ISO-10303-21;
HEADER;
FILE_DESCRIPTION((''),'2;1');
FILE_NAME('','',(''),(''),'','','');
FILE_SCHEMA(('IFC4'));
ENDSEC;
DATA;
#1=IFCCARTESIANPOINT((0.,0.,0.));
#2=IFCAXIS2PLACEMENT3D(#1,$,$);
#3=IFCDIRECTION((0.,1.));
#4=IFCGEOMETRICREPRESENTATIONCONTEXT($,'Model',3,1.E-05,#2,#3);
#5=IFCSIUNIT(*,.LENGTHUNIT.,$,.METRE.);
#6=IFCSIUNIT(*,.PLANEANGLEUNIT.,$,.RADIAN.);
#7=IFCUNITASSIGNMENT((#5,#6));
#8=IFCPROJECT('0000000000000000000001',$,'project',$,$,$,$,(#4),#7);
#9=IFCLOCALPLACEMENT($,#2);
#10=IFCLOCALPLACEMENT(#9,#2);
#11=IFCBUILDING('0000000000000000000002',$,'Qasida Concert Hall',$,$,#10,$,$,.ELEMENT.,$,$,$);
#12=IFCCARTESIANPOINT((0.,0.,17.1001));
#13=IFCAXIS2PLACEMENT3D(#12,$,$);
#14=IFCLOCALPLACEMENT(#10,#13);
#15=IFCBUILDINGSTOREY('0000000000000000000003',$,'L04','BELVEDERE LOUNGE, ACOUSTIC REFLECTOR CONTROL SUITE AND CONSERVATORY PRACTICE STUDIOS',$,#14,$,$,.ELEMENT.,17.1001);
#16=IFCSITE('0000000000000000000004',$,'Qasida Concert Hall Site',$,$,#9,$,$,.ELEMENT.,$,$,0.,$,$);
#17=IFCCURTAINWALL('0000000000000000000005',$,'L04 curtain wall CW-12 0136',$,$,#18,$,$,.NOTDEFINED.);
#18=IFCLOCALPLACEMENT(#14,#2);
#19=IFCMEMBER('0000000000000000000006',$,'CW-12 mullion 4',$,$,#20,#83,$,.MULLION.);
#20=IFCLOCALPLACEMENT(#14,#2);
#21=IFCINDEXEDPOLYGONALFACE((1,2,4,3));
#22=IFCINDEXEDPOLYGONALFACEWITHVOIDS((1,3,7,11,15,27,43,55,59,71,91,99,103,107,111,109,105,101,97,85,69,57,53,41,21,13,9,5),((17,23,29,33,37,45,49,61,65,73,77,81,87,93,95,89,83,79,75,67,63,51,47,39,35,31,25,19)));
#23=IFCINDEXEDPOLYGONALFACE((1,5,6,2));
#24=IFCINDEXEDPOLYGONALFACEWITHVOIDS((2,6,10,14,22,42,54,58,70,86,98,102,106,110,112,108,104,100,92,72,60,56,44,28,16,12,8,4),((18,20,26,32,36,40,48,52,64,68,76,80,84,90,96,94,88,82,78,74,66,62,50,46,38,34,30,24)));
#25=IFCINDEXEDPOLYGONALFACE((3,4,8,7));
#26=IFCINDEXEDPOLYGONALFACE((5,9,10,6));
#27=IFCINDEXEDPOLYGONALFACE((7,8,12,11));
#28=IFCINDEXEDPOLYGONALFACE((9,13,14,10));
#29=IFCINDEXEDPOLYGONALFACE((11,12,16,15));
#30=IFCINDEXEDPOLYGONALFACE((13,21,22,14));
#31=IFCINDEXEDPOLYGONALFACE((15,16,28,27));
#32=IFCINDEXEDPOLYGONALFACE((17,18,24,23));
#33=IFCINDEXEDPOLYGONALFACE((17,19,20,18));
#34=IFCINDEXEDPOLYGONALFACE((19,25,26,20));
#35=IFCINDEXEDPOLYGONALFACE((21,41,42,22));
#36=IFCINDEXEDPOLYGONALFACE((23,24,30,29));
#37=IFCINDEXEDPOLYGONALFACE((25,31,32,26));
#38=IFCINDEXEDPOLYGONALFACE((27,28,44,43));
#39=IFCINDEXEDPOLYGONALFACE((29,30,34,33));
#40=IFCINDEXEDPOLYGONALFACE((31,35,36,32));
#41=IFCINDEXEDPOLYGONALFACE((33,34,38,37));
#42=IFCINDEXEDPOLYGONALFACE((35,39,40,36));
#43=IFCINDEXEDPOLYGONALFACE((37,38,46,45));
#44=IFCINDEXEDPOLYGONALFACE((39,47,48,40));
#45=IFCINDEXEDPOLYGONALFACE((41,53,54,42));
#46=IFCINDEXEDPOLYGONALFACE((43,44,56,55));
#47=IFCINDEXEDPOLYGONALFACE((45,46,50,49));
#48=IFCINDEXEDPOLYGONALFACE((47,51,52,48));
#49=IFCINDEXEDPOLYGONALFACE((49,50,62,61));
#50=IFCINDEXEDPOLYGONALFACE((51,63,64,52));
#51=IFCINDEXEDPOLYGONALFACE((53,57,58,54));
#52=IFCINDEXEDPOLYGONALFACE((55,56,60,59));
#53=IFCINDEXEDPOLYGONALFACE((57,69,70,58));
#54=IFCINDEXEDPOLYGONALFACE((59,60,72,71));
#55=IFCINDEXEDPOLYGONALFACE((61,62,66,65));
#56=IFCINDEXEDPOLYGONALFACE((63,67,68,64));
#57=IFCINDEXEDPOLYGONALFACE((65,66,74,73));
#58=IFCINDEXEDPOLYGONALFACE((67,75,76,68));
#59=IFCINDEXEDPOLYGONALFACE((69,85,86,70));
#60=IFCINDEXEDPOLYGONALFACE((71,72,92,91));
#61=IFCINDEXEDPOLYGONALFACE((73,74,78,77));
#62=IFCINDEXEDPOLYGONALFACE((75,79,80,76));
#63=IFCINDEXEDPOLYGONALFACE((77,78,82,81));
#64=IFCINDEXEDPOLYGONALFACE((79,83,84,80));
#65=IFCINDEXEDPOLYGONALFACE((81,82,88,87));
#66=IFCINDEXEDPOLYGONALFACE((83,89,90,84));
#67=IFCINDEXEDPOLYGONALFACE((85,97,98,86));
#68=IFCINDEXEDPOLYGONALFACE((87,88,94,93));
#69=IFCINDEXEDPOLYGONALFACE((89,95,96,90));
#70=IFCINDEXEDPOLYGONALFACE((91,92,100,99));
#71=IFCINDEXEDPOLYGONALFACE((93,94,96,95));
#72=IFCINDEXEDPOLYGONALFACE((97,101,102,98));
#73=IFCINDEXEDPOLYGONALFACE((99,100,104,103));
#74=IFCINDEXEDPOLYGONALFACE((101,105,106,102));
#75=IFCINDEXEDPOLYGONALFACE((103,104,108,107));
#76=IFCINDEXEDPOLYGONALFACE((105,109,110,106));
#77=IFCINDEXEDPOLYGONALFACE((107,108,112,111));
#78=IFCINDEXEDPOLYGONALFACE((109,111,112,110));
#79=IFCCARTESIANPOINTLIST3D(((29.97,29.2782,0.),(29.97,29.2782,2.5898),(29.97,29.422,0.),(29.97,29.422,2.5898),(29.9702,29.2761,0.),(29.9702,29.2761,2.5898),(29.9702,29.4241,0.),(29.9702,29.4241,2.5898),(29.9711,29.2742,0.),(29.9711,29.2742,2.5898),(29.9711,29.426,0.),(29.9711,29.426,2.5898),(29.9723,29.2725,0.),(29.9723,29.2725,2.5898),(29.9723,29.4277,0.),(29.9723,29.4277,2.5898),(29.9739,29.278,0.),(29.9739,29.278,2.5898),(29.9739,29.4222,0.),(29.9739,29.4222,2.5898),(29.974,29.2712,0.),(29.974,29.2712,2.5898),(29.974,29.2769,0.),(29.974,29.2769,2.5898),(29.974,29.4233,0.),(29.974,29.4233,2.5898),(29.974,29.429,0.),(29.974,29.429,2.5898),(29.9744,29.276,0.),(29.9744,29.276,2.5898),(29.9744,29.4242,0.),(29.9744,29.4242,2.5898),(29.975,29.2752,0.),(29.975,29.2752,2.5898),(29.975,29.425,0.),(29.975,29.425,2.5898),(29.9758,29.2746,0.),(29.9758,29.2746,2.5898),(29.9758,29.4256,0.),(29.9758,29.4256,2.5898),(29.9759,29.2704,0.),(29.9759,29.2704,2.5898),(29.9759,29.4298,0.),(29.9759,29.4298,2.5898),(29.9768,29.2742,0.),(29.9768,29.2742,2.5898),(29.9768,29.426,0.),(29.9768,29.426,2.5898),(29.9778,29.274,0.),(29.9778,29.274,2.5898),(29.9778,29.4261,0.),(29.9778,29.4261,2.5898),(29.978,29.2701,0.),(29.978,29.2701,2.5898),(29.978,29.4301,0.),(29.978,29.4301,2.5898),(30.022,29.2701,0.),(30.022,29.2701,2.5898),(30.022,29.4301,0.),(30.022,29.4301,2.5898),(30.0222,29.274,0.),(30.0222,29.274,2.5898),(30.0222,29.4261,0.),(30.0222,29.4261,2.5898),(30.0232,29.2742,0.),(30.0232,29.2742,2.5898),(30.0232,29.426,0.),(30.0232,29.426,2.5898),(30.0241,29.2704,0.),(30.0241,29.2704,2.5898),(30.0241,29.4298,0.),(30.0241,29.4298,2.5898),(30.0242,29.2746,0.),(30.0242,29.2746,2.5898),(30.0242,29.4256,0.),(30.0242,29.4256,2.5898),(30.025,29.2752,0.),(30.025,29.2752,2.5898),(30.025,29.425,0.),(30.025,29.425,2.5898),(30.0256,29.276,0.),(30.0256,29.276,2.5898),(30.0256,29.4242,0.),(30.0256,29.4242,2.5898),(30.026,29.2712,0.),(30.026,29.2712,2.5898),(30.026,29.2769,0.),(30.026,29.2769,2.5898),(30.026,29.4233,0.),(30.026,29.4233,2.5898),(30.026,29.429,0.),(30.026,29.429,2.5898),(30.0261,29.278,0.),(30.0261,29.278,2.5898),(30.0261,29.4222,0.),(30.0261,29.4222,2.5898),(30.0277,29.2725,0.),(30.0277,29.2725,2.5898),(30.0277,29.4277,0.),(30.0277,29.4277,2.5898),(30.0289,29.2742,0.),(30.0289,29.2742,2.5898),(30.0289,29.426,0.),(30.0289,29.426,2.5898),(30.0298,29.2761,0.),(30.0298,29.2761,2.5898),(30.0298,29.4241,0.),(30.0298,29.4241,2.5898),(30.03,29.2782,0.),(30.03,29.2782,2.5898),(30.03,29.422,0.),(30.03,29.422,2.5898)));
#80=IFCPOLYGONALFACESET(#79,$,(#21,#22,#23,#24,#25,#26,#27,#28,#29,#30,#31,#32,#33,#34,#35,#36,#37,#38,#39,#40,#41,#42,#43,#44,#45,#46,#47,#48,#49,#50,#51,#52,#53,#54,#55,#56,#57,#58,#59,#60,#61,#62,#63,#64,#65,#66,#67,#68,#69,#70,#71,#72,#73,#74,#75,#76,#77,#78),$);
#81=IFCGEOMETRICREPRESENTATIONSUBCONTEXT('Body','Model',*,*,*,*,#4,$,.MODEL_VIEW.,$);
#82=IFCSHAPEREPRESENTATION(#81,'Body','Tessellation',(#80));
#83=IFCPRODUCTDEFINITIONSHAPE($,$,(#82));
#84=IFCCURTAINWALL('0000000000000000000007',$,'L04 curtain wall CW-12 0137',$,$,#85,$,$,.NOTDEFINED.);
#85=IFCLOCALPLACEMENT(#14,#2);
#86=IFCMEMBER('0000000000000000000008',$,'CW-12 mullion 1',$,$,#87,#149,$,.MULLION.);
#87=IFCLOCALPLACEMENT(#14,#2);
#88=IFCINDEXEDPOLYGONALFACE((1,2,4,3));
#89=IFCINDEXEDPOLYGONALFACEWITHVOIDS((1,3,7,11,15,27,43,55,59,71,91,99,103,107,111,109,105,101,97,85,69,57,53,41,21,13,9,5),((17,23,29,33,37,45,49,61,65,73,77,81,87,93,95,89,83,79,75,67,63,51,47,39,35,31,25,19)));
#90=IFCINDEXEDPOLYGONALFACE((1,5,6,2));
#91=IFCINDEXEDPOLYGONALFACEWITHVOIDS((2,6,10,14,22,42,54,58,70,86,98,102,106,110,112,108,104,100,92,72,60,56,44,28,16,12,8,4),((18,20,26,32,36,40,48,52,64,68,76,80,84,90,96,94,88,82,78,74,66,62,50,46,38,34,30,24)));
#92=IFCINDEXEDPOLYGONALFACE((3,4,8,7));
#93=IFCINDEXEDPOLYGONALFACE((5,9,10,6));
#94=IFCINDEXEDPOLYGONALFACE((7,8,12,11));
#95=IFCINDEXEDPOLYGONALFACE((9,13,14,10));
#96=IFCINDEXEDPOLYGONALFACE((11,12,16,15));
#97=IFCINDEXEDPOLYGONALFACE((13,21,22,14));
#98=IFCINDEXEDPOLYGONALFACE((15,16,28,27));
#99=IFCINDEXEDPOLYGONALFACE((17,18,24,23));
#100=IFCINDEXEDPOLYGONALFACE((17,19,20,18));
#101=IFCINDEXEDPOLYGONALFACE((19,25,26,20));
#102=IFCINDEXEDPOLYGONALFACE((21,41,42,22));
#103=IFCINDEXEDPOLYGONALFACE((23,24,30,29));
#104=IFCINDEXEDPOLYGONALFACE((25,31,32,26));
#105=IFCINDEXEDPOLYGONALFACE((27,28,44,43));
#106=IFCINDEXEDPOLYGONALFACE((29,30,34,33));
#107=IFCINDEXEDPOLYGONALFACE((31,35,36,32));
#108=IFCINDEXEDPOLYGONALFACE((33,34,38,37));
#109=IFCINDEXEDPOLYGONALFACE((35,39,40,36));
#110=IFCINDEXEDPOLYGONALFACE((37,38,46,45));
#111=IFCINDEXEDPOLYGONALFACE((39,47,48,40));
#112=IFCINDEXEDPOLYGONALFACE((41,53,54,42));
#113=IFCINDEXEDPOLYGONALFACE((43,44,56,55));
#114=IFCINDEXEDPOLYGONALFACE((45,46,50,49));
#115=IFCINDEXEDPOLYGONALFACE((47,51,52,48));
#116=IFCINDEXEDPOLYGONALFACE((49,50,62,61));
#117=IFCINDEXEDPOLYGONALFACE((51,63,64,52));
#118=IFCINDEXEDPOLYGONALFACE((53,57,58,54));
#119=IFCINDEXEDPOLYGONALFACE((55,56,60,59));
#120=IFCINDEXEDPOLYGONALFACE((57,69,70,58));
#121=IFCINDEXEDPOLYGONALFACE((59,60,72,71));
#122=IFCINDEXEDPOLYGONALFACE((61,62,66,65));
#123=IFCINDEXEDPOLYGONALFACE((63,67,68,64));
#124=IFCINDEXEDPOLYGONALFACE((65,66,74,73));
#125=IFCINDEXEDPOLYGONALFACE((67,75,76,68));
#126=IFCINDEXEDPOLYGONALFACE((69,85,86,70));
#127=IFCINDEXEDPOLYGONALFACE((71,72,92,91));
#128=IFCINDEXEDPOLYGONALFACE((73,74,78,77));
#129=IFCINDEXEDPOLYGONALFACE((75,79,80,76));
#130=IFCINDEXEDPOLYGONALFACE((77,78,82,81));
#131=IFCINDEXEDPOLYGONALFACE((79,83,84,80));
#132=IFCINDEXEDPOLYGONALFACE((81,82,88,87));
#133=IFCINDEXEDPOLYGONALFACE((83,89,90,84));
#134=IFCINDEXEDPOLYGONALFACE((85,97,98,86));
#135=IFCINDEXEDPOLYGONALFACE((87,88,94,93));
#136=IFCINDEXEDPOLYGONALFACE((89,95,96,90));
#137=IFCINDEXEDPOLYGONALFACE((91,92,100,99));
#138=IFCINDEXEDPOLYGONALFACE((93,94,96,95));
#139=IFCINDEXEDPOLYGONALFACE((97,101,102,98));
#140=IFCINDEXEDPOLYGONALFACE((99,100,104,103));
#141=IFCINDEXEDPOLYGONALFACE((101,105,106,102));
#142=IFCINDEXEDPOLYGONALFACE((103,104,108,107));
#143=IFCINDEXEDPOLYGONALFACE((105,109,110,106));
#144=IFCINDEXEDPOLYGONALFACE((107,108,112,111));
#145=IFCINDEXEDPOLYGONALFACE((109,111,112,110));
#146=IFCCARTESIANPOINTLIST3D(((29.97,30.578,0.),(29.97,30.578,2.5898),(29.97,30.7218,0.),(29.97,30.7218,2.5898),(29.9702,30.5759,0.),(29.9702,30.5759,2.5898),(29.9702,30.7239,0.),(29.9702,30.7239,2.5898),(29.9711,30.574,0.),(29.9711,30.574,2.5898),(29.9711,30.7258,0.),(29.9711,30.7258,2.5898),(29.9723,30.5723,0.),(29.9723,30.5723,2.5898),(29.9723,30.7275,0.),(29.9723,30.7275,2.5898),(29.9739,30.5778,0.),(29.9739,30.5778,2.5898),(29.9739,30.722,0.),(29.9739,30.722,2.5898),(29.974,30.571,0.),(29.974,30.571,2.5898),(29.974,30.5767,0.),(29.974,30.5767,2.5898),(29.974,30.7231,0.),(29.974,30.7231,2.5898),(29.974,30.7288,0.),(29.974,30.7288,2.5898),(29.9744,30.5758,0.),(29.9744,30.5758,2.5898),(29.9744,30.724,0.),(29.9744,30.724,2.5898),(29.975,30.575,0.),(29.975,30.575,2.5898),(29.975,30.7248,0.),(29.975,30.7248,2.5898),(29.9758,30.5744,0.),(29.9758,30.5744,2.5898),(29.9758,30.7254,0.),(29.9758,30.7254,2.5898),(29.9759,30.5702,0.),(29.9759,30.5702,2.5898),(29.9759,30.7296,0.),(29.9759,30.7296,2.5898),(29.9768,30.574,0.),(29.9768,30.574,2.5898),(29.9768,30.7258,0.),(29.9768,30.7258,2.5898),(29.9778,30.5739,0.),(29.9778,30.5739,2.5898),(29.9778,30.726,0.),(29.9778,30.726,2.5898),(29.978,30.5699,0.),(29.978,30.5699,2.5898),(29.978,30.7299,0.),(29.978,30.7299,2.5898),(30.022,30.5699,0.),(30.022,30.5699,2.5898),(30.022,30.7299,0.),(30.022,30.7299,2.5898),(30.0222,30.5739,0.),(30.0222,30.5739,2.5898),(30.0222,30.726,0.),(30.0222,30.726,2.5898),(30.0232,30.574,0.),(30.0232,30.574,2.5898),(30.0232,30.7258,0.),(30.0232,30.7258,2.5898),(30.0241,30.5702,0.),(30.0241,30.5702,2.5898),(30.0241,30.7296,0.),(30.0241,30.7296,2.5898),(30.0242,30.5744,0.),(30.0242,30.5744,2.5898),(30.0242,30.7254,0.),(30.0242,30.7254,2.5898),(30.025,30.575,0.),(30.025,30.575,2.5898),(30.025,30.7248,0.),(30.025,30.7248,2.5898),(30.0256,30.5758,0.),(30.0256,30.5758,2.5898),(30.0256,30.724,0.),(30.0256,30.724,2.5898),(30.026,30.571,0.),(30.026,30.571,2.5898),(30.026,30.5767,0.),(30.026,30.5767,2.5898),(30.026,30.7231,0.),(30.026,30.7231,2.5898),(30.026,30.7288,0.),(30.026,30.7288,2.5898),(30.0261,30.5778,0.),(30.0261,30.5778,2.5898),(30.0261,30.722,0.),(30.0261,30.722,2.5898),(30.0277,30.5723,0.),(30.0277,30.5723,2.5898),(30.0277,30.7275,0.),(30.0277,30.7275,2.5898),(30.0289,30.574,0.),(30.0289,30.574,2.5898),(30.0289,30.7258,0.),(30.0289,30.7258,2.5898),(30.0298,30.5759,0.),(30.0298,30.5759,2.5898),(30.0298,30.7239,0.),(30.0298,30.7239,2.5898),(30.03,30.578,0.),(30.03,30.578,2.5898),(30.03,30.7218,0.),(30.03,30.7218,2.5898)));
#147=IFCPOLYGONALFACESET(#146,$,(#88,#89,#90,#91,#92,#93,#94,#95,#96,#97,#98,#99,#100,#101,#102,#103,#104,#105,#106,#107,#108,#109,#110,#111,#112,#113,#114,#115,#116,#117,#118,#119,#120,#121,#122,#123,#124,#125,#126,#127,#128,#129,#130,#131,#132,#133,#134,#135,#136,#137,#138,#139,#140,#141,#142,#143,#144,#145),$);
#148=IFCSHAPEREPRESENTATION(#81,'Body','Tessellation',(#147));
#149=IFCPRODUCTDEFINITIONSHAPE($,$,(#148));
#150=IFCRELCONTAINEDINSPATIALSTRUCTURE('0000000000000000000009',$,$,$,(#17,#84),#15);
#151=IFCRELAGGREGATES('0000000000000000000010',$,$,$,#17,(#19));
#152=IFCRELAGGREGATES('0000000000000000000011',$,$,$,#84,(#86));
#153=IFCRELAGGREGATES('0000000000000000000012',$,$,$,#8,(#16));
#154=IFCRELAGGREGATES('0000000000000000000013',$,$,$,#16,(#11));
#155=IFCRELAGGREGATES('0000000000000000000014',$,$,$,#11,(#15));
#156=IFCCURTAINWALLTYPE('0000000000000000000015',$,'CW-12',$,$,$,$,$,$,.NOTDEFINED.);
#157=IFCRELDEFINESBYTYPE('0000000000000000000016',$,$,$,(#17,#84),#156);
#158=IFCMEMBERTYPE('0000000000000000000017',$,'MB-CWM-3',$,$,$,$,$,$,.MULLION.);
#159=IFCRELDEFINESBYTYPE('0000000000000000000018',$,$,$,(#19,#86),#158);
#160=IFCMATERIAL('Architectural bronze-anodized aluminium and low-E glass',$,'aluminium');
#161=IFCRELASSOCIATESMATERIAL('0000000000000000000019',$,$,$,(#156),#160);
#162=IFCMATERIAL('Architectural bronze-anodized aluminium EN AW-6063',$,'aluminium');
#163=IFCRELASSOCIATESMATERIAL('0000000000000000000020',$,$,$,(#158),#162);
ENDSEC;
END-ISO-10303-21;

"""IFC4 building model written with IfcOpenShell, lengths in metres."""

from ifc_helpers import new_model, si_unit, direction, frame, origin, origin_2d, place, context, subcontext, project, spatial, hollow_rectangle, extrude, material, material_profile, profile_set, type_object, element, aggregate, save


model = new_model("IFC4")

# Units and contexts
model_context = context("Model", 3, precision=1e-05, world=origin(), true_north=direction((0.0, 1.0)))
body_context = subcontext(model_context, "Body", "Model", "MODEL_VIEW")
ifc_project = project(units=[si_unit("LENGTHUNIT", "METRE"), si_unit("PLANEANGLEUNIT", "RADIAN")], contexts=[model_context])

# Site, building, storey
site_placement = place(None, origin())
site = spatial("IfcSite", under=ifc_project, at=site_placement, Name="Qasida Concert Hall Site", CompositionType="ELEMENT", RefElevation=0.0)
building_placement = place(site_placement, origin())
building = spatial("IfcBuilding", under=site, at=building_placement, Name="Qasida Concert Hall", CompositionType="ELEMENT")
storey_placement = place(building_placement, frame((0.0, 0.0, 17.1001)))
storey = spatial("IfcBuildingStorey", under=building, at=storey_placement, Name="L04", Description="BELVEDERE LOUNGE, ACOUSTIC REFLECTOR CONTROL SUITE AND CONSERVATORY PRACTICE STUDIOS", CompositionType="ELEMENT", Elevation=17.1001)

# Curtain walls, members
ifc_material_1 = material(Name="Architectural bronze-anodized aluminium and low-E glass", Category="aluminium")
curtain_wall_type = type_object("IfcCurtainWallType", Name="CW-12", PredefinedType="NOTDEFINED", material=ifc_material_1)
curtain_wall_1_placement = place(storey_placement, origin())
curtain_wall_1 = element("IfcCurtainWall", 1, at=curtain_wall_1_placement, inside=storey, type_object=curtain_wall_type, Name="L04 curtain wall CW-12 0136", PredefinedType="NOTDEFINED")
ifc_material_2 = material(Name="Architectural bronze-anodized aluminium EN AW-6063", Category="aluminium")
ifc_material_profile_1 = material_profile(ifc_material_2, hollow_rectangle(XDim=0.0601, YDim=0.1599, WallThickness=0.0039, InnerFilletRadius=0.0039, OuterFilletRadius=0.0081, at=origin_2d()), Name="CWM 160x60x4")
ifc_profile_set_1 = profile_set([ifc_material_profile_1], Name="Architectural bronze-anodized aluminium EN AW-6063")
member_type_1 = type_object("IfcMemberType", Name="MB-CWM-3", PredefinedType="MULLION", material=ifc_profile_set_1)
member_1_placement = place(storey_placement, frame((30.0, 29.3501, 0.0), z_axis=(0.0, 0.0, 1.0), x_axis=(-1.0, 0.0, 0.0)))
member_1 = element("IfcMember", 2, at=member_1_placement, type_object=member_type_1, Name="CW-12 mullion 4", PredefinedType="MULLION", context=body_context, shape_type="SweptSolid", body=[
    extrude(hollow_rectangle(XDim=0.0601, YDim=0.1599, WallThickness=0.0039, InnerFilletRadius=0.0039, OuterFilletRadius=0.0081, at=origin_2d()), origin(), (0.0, 0.0, 1.0), 2.5898),
])
curtain_wall_2_placement = place(storey_placement, origin())
curtain_wall_2 = element("IfcCurtainWall", 3, at=curtain_wall_2_placement, inside=storey, type_object=curtain_wall_type, Name="L04 curtain wall CW-12 0137", PredefinedType="NOTDEFINED")
member_2_placement = place(storey_placement, frame((30.0, 30.6499, 0.0), z_axis=(0.0, 0.0, 1.0), x_axis=(-1.0, 0.0, 0.0)))
member_2 = element("IfcMember", 4, at=member_2_placement, type_object=member_type_1, Name="CW-12 mullion 1", PredefinedType="MULLION", context=body_context, shape_type="SweptSolid", body=[
    extrude(hollow_rectangle(XDim=0.0601, YDim=0.1599, WallThickness=0.0039, InnerFilletRadius=0.0039, OuterFilletRadius=0.0081, at=origin_2d()), origin(), (0.0, 0.0, 1.0), 2.5898),
])

aggregate(curtain_wall_1, [member_1])
aggregate(curtain_wall_2, [member_2])

save(model, "model.ifc")
